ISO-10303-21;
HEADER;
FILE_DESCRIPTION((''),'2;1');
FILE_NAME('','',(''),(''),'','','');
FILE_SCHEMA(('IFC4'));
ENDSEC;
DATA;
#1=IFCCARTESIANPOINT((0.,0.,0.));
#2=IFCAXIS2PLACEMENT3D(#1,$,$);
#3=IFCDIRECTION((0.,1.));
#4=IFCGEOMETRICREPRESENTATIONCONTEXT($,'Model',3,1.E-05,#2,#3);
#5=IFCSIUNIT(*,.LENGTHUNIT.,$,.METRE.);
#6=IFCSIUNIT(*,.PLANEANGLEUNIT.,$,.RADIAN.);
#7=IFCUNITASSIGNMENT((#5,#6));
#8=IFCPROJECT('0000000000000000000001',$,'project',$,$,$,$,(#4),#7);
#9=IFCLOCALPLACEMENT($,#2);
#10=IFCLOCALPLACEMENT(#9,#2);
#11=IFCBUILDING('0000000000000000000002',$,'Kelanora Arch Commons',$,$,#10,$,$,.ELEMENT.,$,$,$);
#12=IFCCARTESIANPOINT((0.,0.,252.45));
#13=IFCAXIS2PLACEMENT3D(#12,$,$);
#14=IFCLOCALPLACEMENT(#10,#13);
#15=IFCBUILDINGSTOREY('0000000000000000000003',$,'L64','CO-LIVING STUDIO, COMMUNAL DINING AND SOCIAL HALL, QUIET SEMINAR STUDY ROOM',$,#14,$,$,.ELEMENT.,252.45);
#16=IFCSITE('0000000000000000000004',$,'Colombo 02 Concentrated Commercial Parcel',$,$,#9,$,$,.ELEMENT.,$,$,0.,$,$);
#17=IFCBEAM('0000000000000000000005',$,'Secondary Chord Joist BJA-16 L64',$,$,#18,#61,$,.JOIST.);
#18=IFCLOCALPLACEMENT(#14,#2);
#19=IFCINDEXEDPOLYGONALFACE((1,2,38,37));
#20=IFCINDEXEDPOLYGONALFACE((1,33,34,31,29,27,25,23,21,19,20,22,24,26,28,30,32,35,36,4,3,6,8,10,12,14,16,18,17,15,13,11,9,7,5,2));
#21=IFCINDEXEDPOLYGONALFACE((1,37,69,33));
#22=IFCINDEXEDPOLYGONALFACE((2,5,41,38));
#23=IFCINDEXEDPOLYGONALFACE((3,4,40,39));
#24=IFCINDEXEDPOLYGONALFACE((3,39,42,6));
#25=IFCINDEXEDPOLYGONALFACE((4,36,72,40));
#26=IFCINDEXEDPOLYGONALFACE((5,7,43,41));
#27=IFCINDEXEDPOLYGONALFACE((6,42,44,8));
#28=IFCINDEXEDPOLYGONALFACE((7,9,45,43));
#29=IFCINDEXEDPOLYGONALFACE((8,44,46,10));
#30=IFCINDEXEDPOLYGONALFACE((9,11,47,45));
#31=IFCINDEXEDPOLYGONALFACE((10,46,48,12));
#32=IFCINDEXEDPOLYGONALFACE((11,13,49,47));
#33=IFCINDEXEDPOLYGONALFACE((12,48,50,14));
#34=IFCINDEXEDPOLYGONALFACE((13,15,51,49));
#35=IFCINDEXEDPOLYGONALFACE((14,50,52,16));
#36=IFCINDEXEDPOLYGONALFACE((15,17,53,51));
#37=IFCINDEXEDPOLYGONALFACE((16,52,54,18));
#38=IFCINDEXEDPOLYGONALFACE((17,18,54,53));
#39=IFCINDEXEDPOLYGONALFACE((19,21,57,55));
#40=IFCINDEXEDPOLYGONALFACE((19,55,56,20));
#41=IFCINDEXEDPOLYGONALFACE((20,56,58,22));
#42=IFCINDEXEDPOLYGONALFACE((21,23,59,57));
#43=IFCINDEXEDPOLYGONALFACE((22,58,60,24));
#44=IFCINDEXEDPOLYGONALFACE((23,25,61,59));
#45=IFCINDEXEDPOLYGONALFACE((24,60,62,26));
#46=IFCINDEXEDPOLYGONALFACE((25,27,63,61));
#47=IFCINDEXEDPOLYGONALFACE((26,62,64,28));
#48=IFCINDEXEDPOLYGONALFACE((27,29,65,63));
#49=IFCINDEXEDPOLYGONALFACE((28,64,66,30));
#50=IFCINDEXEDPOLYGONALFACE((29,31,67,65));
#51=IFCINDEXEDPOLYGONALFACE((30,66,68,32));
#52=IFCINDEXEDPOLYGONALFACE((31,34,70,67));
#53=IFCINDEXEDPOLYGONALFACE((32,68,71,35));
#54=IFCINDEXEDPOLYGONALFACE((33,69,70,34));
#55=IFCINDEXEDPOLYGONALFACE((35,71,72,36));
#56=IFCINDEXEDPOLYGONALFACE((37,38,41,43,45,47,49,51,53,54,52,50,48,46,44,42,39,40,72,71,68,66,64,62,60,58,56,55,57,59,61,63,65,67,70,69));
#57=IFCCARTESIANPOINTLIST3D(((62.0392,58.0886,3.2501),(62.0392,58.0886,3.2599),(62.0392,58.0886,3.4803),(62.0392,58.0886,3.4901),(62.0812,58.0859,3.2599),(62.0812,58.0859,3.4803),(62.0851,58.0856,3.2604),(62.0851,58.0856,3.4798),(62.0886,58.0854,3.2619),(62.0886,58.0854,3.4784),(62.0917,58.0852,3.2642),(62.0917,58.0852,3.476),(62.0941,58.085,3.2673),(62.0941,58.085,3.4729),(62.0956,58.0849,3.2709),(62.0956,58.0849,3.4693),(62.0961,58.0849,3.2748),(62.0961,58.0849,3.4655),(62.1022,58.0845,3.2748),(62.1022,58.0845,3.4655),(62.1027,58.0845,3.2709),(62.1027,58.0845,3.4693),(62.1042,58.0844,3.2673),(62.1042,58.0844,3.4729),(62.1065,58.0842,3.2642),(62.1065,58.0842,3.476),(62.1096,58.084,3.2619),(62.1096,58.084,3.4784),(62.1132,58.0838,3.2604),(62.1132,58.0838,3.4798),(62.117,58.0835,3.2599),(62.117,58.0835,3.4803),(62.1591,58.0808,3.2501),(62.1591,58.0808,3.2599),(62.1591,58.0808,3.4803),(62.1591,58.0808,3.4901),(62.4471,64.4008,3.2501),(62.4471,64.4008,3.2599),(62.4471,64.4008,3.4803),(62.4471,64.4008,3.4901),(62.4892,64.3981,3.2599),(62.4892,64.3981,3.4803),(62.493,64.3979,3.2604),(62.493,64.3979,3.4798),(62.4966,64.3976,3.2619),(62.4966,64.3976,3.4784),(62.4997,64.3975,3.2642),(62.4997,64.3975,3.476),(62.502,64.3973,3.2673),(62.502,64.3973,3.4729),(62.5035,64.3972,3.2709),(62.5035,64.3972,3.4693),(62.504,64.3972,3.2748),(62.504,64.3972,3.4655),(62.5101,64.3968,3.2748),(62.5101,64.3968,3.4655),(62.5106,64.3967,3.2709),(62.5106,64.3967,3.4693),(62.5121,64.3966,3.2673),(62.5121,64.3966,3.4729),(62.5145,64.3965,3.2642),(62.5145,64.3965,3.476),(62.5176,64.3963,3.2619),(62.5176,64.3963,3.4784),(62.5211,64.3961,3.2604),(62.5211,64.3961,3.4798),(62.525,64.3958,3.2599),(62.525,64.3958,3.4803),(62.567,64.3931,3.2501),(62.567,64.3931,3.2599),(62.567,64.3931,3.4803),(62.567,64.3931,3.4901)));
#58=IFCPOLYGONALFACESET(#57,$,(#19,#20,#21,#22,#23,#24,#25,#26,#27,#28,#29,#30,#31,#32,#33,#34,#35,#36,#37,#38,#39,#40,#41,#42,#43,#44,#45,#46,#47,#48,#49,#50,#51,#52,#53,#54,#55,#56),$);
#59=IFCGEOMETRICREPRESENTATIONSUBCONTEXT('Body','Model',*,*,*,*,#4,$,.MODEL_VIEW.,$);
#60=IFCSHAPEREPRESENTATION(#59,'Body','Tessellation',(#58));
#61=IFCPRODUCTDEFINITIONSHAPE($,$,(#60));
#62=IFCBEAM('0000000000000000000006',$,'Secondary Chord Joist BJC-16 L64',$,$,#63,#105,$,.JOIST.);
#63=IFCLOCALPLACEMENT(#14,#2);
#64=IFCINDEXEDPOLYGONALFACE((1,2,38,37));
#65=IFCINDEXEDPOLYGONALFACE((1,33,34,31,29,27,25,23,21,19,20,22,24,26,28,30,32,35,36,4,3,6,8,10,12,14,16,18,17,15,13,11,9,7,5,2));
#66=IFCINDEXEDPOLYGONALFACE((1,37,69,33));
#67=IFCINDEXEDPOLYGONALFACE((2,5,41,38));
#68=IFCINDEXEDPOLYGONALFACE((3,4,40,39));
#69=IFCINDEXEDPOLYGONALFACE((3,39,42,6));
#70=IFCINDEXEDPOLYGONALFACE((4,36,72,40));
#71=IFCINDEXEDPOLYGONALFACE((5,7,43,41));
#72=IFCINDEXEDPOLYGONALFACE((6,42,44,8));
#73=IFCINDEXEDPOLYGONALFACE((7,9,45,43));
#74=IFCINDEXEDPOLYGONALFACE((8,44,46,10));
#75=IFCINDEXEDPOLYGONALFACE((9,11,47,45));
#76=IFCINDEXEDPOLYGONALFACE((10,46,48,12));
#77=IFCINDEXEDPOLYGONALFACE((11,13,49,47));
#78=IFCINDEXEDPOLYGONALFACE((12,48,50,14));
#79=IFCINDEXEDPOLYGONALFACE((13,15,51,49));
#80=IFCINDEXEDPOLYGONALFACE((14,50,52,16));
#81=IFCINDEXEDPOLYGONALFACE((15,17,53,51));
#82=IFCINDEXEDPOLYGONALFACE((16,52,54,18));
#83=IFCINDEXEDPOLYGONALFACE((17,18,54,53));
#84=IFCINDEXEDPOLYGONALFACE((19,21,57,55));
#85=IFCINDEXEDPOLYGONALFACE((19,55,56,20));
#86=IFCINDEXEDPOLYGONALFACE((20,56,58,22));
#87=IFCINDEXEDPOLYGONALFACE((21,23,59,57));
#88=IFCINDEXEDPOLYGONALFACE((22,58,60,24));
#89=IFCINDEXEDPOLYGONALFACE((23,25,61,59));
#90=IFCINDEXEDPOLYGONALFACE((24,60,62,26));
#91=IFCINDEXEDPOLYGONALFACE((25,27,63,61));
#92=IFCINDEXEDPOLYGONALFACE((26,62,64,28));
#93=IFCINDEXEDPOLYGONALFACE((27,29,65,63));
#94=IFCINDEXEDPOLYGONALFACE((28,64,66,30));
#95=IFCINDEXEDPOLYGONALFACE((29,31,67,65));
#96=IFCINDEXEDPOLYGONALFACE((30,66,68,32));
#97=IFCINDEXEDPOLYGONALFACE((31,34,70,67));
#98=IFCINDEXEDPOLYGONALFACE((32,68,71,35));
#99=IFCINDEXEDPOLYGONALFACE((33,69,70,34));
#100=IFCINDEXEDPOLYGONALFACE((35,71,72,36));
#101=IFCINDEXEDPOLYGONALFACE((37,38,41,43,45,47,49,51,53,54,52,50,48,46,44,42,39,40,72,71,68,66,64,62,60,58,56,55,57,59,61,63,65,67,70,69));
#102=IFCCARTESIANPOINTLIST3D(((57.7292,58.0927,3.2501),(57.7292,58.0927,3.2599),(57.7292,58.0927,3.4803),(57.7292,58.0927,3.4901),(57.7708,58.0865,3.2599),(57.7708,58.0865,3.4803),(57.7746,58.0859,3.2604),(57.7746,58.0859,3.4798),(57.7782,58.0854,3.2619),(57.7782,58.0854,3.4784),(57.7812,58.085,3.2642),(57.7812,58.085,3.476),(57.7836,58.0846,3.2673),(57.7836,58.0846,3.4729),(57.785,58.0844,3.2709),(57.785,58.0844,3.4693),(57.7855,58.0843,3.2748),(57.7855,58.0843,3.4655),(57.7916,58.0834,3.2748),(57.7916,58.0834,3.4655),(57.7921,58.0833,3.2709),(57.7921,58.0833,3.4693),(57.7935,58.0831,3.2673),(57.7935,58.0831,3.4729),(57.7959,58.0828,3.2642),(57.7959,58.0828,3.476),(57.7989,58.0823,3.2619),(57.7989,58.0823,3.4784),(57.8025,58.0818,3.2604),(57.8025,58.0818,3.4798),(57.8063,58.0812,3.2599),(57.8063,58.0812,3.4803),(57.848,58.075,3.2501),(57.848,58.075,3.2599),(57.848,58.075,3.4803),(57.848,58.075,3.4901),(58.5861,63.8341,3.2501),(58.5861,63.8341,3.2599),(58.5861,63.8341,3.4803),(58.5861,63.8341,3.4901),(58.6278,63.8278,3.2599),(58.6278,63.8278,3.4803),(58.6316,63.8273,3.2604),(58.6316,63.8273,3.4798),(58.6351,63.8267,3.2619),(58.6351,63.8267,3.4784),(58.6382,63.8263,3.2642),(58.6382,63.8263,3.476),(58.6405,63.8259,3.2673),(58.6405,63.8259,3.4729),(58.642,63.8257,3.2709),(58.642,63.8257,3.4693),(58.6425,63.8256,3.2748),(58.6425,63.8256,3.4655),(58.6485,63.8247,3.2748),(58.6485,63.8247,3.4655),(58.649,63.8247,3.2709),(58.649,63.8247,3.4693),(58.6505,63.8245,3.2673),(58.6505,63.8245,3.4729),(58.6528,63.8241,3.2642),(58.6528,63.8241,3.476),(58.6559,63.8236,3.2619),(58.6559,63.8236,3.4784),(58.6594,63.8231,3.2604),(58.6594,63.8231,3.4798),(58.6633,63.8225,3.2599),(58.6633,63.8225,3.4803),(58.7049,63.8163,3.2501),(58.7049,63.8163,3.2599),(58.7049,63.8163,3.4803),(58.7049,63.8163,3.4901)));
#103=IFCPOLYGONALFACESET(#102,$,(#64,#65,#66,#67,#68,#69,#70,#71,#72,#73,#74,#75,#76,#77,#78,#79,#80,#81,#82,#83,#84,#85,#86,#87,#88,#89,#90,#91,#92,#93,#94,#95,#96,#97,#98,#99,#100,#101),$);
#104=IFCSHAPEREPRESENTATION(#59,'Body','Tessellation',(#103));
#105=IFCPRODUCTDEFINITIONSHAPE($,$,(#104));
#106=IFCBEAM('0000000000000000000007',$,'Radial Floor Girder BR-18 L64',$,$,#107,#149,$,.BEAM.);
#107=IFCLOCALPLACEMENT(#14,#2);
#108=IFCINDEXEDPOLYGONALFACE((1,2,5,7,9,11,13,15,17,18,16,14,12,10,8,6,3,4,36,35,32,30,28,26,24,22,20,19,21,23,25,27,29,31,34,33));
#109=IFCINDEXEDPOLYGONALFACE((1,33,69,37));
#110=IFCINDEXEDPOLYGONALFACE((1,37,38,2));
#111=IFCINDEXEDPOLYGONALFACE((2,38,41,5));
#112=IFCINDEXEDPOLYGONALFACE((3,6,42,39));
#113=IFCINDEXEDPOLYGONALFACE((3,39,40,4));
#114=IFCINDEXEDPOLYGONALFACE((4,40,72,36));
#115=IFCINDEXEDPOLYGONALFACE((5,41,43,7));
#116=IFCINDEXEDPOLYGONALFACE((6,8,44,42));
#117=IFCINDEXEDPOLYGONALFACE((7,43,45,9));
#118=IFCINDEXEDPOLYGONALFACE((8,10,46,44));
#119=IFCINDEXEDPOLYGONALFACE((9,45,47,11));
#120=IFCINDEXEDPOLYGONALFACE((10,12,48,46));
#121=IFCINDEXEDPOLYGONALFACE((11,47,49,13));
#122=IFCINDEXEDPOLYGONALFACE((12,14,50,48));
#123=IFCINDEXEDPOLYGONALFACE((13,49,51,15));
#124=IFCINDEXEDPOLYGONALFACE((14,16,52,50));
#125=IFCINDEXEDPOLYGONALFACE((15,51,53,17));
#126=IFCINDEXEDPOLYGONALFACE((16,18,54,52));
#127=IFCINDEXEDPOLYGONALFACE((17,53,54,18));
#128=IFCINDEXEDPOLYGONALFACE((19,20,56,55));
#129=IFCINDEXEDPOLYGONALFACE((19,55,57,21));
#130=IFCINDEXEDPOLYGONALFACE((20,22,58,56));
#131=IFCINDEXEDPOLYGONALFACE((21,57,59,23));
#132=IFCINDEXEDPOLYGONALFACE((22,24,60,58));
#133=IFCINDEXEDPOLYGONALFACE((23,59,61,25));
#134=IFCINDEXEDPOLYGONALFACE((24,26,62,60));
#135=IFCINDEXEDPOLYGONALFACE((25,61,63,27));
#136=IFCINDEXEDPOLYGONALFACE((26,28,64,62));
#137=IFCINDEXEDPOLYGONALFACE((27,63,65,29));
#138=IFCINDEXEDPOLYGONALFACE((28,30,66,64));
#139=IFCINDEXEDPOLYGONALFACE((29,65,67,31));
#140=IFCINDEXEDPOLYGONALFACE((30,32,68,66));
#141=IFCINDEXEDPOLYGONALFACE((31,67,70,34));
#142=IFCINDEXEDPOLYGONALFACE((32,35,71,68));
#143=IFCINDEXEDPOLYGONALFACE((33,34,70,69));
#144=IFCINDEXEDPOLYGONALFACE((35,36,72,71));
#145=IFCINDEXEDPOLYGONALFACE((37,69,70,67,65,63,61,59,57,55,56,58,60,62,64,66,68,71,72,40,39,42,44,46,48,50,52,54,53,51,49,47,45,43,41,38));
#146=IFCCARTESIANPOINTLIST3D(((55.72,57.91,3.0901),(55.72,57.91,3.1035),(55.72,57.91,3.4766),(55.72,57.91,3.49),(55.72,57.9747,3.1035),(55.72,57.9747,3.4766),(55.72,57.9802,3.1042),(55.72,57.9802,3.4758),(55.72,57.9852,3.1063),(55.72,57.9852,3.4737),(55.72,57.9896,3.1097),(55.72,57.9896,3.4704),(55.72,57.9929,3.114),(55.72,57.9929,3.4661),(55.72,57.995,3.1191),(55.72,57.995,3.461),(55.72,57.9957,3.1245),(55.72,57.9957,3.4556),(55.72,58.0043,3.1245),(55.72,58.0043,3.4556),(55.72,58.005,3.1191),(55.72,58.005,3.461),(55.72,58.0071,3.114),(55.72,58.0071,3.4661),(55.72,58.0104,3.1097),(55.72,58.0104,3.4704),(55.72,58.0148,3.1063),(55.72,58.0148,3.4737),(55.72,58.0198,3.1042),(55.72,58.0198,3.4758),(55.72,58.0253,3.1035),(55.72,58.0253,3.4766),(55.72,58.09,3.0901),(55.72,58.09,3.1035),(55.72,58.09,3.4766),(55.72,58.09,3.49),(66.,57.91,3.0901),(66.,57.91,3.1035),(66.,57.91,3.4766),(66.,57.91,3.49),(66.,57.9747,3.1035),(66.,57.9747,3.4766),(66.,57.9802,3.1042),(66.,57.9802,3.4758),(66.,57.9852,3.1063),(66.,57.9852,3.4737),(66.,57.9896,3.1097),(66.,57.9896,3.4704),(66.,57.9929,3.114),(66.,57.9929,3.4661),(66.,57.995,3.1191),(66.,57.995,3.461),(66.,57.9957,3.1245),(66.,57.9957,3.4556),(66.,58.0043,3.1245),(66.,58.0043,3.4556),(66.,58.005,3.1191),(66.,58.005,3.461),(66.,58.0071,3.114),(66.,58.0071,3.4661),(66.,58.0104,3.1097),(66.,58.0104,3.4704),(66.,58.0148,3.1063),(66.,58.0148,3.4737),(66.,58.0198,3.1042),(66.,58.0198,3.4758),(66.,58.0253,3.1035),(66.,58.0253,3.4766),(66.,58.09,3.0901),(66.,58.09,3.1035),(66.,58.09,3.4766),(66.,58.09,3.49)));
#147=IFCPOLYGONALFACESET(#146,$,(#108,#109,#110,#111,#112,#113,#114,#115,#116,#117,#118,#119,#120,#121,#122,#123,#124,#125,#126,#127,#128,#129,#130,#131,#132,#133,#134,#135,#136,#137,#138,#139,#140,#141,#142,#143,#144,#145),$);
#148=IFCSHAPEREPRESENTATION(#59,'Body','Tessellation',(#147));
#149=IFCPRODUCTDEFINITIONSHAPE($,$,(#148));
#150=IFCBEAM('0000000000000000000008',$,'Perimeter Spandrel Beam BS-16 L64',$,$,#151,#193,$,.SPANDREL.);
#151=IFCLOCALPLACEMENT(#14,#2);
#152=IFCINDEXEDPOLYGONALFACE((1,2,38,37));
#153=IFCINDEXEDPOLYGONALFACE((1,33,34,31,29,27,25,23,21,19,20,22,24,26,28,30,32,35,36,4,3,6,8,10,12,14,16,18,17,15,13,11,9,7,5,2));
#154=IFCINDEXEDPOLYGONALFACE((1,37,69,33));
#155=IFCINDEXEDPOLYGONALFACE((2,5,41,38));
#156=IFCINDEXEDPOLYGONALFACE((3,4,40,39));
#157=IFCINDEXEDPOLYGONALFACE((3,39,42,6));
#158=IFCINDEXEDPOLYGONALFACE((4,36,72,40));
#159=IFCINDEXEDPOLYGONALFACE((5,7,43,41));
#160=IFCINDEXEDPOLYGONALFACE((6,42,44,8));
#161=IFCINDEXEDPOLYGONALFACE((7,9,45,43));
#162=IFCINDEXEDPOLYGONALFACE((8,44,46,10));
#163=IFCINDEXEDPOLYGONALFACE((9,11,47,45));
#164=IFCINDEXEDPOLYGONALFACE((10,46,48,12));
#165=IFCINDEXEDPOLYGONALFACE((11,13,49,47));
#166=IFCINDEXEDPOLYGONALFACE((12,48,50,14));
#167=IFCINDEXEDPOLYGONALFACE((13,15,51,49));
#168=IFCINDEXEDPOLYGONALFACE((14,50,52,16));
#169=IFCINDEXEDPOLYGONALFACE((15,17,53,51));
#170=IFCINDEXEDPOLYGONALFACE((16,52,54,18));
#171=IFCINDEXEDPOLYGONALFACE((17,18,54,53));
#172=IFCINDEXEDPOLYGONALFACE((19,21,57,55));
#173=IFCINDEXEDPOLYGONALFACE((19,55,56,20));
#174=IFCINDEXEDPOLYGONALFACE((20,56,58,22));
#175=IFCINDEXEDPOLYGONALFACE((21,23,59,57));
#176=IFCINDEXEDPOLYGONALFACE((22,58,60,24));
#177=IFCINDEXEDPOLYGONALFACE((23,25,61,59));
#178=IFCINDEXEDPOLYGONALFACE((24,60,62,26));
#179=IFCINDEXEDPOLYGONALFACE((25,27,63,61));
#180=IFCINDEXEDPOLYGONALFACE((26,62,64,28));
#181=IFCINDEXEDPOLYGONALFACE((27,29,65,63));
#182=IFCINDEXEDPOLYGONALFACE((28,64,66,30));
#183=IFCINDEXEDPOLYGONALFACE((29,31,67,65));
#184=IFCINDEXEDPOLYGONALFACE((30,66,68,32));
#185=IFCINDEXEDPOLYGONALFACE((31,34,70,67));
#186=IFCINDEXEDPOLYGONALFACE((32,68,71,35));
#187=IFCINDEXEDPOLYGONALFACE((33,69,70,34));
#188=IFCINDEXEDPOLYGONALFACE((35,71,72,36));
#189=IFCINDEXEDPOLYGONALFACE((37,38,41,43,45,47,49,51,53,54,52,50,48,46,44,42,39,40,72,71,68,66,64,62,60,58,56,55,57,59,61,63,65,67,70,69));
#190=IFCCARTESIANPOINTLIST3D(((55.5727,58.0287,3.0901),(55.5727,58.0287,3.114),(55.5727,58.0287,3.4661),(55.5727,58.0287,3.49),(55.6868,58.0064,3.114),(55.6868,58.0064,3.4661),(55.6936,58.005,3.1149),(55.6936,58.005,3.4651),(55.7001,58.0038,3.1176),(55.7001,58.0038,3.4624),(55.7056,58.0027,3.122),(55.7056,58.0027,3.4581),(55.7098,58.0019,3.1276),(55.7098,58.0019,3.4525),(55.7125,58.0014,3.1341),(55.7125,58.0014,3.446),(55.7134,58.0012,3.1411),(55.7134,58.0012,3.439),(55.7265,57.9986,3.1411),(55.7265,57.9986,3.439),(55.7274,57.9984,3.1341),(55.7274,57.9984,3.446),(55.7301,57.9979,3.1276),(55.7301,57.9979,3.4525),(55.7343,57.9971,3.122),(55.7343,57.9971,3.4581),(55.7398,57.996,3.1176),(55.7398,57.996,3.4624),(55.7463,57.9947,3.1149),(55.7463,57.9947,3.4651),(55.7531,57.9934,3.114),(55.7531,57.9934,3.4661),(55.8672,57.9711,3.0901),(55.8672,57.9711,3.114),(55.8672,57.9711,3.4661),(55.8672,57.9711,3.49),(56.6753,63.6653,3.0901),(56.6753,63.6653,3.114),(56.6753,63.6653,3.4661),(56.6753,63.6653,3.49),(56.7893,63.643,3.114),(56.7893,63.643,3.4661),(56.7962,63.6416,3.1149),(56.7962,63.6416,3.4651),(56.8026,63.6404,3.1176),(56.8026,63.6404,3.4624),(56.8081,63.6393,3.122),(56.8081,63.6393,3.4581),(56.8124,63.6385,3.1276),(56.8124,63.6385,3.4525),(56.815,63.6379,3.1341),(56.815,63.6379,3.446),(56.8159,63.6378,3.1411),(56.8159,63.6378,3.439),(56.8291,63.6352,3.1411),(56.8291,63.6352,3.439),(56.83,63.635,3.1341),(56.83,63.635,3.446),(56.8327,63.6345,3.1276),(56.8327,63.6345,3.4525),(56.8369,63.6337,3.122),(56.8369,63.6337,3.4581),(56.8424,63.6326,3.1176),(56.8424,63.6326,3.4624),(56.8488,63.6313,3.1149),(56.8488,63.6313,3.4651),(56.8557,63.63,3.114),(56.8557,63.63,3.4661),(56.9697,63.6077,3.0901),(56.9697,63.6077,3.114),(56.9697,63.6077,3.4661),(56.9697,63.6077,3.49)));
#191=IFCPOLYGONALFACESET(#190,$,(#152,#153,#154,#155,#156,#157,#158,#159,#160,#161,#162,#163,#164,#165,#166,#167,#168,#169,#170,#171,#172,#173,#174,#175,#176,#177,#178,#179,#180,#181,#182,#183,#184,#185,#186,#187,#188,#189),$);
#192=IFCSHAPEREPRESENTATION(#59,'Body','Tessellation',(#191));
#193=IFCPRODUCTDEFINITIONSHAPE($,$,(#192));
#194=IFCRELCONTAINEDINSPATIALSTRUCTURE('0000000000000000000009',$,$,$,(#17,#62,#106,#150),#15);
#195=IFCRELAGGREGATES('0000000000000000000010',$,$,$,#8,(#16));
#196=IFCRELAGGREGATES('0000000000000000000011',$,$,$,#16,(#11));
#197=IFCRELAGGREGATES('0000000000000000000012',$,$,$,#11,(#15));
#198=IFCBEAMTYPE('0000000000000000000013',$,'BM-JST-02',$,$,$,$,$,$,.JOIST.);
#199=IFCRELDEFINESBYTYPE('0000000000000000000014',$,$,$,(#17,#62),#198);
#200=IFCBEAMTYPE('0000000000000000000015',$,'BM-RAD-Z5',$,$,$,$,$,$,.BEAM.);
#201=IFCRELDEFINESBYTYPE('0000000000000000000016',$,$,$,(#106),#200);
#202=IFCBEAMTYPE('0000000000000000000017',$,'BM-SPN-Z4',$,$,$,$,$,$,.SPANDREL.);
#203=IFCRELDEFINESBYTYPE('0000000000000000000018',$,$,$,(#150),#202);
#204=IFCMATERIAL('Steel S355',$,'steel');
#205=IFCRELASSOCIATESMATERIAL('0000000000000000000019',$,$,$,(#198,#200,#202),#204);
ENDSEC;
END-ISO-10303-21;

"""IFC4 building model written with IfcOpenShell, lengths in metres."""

from ifc_helpers import new_model, si_unit, direction, frame, origin, origin_2d, place, context, subcontext, project, spatial, i_section, extrude, material, material_profile, profile_set, type_object, element, save


model = new_model("IFC4")

# Units and contexts
model_context = context("Model", 3, precision=1e-05, world=origin(), true_north=direction((0.0, 1.0)))
body_context = subcontext(model_context, "Body", "Model", "MODEL_VIEW")
ifc_project = project(units=[si_unit("LENGTHUNIT", "METRE"), si_unit("PLANEANGLEUNIT", "RADIAN")], contexts=[model_context])

# Site, building, storey
site_placement = place(None, origin())
site = spatial("IfcSite", under=ifc_project, at=site_placement, Name="Colombo 02 Concentrated Commercial Parcel", CompositionType="ELEMENT", RefElevation=0.0)
building_placement = place(site_placement, origin())
building = spatial("IfcBuilding", under=site, at=building_placement, Name="Kelanora Arch Commons", CompositionType="ELEMENT")
storey_placement = place(building_placement, frame((0.0, 0.0, 252.45)))
storey = spatial("IfcBuildingStorey", under=building, at=storey_placement, Name="L64", Description="CO-LIVING STUDIO, COMMUNAL DINING AND SOCIAL HALL, QUIET SEMINAR STUDY ROOM", CompositionType="ELEMENT", Elevation=252.45)

# Beams
ifc_material_1 = material(Name="Steel S355", Category="steel")
ifc_material_profile_1 = material_profile(ifc_material_1, i_section(OverallWidth=0.1201, OverallDepth=0.24, WebThickness=0.0061, FlangeThickness=0.0098, FilletRadius=0.0149, at=origin_2d()), Name="IPE240")
ifc_profile_set_1 = profile_set([ifc_material_profile_1], Name="Steel S355")
beam_type_1 = type_object("IfcBeamType", Name="BM-JST-02", PredefinedType="JOIST", material=ifc_profile_set_1)
beam_1_placement = place(storey_placement, frame((62.5071, 64.397, 3.3701), z_axis=(-0.064495, -0.997918, 0.0), x_axis=(0.997918, -0.064495, 0.0)))
element("IfcBeam", 1, at=beam_1_placement, inside=storey, type_object=beam_type_1, Name="Secondary Chord Joist BJA-16 L64", PredefinedType="JOIST", context=body_context, shape_type="SweptSolid", body=[
    extrude(i_section(OverallWidth=0.1201, OverallDepth=0.24, WebThickness=0.0061, FlangeThickness=0.0098, FilletRadius=0.0149, at=origin_2d()), origin(), (0.0, 0.0, 1.0), 6.3254),
])
beam_2_placement = place(storey_placement, frame((58.6455, 63.8252, 3.3701), z_axis=(-0.147625, -0.989043, 0.0), x_axis=(0.989043, -0.147625, 0.0)))
element("IfcBeam", 2, at=beam_2_placement, inside=storey, type_object=beam_type_1, Name="Secondary Chord Joist BJC-16 L64", PredefinedType="JOIST", context=body_context, shape_type="SweptSolid", body=[
    extrude(i_section(OverallWidth=0.1201, OverallDepth=0.24, WebThickness=0.0061, FlangeThickness=0.0098, FilletRadius=0.0149, at=origin_2d()), origin(), (0.0, 0.0, 1.0), 5.8049),
])
ifc_material_profile_2 = material_profile(ifc_material_1, i_section(OverallWidth=0.1799, OverallDepth=0.3999, WebThickness=0.0085, FlangeThickness=0.0134, FilletRadius=0.021, at=origin_2d()), Name="IPE400")
ifc_profile_set_2 = profile_set([ifc_material_profile_2], Name="Steel S355")
beam_type_2 = type_object("IfcBeamType", Name="BM-RAD-Z5", PredefinedType="BEAM", material=ifc_profile_set_2)
beam_3_placement = place(storey_placement, frame((66.0, 58.0, 3.29), z_axis=(-1.0, 0.0, 0.0), x_axis=(0.0, -1.0, 0.0)))
element("IfcBeam", 3, at=beam_3_placement, inside=storey, type_object=beam_type_2, Name="Radial Floor Girder BR-18 L64", PredefinedType="BEAM", context=body_context, shape_type="SweptSolid", body=[
    extrude(i_section(OverallWidth=0.1799, OverallDepth=0.3999, WebThickness=0.0085, FlangeThickness=0.0134, FilletRadius=0.021, at=origin_2d()), origin(), (0.0, 0.0, 1.0), 10.28),
])
ifc_material_profile_3 = material_profile(ifc_material_1, i_section(OverallWidth=0.3, OverallDepth=0.3999, WebThickness=0.0134, FlangeThickness=0.0239, FilletRadius=0.0271, at=origin_2d()), Name="HEB400")
ifc_profile_set_3 = profile_set([ifc_material_profile_3], Name="Steel S355")
beam_type_3 = type_object("IfcBeamType", Name="BM-SPN-Z4", PredefinedType="SPANDREL", material=ifc_profile_set_3)
beam_4_placement = place(storey_placement, frame((56.8225, 63.6365, 3.29), z_axis=(-0.19197, -0.981401, 0.0), x_axis=(0.981401, -0.19197, 0.0)))
element("IfcBeam", 4, at=beam_4_placement, inside=storey, type_object=beam_type_3, Name="Perimeter Spandrel Beam BS-16 L64", PredefinedType="SPANDREL", context=body_context, shape_type="SweptSolid", body=[
    extrude(i_section(OverallWidth=0.3, OverallDepth=0.3999, WebThickness=0.0134, FlangeThickness=0.0239, FilletRadius=0.0271, at=origin_2d()), origin(), (0.0, 0.0, 1.0), 5.7434),
])

save(model, "model.ifc")
